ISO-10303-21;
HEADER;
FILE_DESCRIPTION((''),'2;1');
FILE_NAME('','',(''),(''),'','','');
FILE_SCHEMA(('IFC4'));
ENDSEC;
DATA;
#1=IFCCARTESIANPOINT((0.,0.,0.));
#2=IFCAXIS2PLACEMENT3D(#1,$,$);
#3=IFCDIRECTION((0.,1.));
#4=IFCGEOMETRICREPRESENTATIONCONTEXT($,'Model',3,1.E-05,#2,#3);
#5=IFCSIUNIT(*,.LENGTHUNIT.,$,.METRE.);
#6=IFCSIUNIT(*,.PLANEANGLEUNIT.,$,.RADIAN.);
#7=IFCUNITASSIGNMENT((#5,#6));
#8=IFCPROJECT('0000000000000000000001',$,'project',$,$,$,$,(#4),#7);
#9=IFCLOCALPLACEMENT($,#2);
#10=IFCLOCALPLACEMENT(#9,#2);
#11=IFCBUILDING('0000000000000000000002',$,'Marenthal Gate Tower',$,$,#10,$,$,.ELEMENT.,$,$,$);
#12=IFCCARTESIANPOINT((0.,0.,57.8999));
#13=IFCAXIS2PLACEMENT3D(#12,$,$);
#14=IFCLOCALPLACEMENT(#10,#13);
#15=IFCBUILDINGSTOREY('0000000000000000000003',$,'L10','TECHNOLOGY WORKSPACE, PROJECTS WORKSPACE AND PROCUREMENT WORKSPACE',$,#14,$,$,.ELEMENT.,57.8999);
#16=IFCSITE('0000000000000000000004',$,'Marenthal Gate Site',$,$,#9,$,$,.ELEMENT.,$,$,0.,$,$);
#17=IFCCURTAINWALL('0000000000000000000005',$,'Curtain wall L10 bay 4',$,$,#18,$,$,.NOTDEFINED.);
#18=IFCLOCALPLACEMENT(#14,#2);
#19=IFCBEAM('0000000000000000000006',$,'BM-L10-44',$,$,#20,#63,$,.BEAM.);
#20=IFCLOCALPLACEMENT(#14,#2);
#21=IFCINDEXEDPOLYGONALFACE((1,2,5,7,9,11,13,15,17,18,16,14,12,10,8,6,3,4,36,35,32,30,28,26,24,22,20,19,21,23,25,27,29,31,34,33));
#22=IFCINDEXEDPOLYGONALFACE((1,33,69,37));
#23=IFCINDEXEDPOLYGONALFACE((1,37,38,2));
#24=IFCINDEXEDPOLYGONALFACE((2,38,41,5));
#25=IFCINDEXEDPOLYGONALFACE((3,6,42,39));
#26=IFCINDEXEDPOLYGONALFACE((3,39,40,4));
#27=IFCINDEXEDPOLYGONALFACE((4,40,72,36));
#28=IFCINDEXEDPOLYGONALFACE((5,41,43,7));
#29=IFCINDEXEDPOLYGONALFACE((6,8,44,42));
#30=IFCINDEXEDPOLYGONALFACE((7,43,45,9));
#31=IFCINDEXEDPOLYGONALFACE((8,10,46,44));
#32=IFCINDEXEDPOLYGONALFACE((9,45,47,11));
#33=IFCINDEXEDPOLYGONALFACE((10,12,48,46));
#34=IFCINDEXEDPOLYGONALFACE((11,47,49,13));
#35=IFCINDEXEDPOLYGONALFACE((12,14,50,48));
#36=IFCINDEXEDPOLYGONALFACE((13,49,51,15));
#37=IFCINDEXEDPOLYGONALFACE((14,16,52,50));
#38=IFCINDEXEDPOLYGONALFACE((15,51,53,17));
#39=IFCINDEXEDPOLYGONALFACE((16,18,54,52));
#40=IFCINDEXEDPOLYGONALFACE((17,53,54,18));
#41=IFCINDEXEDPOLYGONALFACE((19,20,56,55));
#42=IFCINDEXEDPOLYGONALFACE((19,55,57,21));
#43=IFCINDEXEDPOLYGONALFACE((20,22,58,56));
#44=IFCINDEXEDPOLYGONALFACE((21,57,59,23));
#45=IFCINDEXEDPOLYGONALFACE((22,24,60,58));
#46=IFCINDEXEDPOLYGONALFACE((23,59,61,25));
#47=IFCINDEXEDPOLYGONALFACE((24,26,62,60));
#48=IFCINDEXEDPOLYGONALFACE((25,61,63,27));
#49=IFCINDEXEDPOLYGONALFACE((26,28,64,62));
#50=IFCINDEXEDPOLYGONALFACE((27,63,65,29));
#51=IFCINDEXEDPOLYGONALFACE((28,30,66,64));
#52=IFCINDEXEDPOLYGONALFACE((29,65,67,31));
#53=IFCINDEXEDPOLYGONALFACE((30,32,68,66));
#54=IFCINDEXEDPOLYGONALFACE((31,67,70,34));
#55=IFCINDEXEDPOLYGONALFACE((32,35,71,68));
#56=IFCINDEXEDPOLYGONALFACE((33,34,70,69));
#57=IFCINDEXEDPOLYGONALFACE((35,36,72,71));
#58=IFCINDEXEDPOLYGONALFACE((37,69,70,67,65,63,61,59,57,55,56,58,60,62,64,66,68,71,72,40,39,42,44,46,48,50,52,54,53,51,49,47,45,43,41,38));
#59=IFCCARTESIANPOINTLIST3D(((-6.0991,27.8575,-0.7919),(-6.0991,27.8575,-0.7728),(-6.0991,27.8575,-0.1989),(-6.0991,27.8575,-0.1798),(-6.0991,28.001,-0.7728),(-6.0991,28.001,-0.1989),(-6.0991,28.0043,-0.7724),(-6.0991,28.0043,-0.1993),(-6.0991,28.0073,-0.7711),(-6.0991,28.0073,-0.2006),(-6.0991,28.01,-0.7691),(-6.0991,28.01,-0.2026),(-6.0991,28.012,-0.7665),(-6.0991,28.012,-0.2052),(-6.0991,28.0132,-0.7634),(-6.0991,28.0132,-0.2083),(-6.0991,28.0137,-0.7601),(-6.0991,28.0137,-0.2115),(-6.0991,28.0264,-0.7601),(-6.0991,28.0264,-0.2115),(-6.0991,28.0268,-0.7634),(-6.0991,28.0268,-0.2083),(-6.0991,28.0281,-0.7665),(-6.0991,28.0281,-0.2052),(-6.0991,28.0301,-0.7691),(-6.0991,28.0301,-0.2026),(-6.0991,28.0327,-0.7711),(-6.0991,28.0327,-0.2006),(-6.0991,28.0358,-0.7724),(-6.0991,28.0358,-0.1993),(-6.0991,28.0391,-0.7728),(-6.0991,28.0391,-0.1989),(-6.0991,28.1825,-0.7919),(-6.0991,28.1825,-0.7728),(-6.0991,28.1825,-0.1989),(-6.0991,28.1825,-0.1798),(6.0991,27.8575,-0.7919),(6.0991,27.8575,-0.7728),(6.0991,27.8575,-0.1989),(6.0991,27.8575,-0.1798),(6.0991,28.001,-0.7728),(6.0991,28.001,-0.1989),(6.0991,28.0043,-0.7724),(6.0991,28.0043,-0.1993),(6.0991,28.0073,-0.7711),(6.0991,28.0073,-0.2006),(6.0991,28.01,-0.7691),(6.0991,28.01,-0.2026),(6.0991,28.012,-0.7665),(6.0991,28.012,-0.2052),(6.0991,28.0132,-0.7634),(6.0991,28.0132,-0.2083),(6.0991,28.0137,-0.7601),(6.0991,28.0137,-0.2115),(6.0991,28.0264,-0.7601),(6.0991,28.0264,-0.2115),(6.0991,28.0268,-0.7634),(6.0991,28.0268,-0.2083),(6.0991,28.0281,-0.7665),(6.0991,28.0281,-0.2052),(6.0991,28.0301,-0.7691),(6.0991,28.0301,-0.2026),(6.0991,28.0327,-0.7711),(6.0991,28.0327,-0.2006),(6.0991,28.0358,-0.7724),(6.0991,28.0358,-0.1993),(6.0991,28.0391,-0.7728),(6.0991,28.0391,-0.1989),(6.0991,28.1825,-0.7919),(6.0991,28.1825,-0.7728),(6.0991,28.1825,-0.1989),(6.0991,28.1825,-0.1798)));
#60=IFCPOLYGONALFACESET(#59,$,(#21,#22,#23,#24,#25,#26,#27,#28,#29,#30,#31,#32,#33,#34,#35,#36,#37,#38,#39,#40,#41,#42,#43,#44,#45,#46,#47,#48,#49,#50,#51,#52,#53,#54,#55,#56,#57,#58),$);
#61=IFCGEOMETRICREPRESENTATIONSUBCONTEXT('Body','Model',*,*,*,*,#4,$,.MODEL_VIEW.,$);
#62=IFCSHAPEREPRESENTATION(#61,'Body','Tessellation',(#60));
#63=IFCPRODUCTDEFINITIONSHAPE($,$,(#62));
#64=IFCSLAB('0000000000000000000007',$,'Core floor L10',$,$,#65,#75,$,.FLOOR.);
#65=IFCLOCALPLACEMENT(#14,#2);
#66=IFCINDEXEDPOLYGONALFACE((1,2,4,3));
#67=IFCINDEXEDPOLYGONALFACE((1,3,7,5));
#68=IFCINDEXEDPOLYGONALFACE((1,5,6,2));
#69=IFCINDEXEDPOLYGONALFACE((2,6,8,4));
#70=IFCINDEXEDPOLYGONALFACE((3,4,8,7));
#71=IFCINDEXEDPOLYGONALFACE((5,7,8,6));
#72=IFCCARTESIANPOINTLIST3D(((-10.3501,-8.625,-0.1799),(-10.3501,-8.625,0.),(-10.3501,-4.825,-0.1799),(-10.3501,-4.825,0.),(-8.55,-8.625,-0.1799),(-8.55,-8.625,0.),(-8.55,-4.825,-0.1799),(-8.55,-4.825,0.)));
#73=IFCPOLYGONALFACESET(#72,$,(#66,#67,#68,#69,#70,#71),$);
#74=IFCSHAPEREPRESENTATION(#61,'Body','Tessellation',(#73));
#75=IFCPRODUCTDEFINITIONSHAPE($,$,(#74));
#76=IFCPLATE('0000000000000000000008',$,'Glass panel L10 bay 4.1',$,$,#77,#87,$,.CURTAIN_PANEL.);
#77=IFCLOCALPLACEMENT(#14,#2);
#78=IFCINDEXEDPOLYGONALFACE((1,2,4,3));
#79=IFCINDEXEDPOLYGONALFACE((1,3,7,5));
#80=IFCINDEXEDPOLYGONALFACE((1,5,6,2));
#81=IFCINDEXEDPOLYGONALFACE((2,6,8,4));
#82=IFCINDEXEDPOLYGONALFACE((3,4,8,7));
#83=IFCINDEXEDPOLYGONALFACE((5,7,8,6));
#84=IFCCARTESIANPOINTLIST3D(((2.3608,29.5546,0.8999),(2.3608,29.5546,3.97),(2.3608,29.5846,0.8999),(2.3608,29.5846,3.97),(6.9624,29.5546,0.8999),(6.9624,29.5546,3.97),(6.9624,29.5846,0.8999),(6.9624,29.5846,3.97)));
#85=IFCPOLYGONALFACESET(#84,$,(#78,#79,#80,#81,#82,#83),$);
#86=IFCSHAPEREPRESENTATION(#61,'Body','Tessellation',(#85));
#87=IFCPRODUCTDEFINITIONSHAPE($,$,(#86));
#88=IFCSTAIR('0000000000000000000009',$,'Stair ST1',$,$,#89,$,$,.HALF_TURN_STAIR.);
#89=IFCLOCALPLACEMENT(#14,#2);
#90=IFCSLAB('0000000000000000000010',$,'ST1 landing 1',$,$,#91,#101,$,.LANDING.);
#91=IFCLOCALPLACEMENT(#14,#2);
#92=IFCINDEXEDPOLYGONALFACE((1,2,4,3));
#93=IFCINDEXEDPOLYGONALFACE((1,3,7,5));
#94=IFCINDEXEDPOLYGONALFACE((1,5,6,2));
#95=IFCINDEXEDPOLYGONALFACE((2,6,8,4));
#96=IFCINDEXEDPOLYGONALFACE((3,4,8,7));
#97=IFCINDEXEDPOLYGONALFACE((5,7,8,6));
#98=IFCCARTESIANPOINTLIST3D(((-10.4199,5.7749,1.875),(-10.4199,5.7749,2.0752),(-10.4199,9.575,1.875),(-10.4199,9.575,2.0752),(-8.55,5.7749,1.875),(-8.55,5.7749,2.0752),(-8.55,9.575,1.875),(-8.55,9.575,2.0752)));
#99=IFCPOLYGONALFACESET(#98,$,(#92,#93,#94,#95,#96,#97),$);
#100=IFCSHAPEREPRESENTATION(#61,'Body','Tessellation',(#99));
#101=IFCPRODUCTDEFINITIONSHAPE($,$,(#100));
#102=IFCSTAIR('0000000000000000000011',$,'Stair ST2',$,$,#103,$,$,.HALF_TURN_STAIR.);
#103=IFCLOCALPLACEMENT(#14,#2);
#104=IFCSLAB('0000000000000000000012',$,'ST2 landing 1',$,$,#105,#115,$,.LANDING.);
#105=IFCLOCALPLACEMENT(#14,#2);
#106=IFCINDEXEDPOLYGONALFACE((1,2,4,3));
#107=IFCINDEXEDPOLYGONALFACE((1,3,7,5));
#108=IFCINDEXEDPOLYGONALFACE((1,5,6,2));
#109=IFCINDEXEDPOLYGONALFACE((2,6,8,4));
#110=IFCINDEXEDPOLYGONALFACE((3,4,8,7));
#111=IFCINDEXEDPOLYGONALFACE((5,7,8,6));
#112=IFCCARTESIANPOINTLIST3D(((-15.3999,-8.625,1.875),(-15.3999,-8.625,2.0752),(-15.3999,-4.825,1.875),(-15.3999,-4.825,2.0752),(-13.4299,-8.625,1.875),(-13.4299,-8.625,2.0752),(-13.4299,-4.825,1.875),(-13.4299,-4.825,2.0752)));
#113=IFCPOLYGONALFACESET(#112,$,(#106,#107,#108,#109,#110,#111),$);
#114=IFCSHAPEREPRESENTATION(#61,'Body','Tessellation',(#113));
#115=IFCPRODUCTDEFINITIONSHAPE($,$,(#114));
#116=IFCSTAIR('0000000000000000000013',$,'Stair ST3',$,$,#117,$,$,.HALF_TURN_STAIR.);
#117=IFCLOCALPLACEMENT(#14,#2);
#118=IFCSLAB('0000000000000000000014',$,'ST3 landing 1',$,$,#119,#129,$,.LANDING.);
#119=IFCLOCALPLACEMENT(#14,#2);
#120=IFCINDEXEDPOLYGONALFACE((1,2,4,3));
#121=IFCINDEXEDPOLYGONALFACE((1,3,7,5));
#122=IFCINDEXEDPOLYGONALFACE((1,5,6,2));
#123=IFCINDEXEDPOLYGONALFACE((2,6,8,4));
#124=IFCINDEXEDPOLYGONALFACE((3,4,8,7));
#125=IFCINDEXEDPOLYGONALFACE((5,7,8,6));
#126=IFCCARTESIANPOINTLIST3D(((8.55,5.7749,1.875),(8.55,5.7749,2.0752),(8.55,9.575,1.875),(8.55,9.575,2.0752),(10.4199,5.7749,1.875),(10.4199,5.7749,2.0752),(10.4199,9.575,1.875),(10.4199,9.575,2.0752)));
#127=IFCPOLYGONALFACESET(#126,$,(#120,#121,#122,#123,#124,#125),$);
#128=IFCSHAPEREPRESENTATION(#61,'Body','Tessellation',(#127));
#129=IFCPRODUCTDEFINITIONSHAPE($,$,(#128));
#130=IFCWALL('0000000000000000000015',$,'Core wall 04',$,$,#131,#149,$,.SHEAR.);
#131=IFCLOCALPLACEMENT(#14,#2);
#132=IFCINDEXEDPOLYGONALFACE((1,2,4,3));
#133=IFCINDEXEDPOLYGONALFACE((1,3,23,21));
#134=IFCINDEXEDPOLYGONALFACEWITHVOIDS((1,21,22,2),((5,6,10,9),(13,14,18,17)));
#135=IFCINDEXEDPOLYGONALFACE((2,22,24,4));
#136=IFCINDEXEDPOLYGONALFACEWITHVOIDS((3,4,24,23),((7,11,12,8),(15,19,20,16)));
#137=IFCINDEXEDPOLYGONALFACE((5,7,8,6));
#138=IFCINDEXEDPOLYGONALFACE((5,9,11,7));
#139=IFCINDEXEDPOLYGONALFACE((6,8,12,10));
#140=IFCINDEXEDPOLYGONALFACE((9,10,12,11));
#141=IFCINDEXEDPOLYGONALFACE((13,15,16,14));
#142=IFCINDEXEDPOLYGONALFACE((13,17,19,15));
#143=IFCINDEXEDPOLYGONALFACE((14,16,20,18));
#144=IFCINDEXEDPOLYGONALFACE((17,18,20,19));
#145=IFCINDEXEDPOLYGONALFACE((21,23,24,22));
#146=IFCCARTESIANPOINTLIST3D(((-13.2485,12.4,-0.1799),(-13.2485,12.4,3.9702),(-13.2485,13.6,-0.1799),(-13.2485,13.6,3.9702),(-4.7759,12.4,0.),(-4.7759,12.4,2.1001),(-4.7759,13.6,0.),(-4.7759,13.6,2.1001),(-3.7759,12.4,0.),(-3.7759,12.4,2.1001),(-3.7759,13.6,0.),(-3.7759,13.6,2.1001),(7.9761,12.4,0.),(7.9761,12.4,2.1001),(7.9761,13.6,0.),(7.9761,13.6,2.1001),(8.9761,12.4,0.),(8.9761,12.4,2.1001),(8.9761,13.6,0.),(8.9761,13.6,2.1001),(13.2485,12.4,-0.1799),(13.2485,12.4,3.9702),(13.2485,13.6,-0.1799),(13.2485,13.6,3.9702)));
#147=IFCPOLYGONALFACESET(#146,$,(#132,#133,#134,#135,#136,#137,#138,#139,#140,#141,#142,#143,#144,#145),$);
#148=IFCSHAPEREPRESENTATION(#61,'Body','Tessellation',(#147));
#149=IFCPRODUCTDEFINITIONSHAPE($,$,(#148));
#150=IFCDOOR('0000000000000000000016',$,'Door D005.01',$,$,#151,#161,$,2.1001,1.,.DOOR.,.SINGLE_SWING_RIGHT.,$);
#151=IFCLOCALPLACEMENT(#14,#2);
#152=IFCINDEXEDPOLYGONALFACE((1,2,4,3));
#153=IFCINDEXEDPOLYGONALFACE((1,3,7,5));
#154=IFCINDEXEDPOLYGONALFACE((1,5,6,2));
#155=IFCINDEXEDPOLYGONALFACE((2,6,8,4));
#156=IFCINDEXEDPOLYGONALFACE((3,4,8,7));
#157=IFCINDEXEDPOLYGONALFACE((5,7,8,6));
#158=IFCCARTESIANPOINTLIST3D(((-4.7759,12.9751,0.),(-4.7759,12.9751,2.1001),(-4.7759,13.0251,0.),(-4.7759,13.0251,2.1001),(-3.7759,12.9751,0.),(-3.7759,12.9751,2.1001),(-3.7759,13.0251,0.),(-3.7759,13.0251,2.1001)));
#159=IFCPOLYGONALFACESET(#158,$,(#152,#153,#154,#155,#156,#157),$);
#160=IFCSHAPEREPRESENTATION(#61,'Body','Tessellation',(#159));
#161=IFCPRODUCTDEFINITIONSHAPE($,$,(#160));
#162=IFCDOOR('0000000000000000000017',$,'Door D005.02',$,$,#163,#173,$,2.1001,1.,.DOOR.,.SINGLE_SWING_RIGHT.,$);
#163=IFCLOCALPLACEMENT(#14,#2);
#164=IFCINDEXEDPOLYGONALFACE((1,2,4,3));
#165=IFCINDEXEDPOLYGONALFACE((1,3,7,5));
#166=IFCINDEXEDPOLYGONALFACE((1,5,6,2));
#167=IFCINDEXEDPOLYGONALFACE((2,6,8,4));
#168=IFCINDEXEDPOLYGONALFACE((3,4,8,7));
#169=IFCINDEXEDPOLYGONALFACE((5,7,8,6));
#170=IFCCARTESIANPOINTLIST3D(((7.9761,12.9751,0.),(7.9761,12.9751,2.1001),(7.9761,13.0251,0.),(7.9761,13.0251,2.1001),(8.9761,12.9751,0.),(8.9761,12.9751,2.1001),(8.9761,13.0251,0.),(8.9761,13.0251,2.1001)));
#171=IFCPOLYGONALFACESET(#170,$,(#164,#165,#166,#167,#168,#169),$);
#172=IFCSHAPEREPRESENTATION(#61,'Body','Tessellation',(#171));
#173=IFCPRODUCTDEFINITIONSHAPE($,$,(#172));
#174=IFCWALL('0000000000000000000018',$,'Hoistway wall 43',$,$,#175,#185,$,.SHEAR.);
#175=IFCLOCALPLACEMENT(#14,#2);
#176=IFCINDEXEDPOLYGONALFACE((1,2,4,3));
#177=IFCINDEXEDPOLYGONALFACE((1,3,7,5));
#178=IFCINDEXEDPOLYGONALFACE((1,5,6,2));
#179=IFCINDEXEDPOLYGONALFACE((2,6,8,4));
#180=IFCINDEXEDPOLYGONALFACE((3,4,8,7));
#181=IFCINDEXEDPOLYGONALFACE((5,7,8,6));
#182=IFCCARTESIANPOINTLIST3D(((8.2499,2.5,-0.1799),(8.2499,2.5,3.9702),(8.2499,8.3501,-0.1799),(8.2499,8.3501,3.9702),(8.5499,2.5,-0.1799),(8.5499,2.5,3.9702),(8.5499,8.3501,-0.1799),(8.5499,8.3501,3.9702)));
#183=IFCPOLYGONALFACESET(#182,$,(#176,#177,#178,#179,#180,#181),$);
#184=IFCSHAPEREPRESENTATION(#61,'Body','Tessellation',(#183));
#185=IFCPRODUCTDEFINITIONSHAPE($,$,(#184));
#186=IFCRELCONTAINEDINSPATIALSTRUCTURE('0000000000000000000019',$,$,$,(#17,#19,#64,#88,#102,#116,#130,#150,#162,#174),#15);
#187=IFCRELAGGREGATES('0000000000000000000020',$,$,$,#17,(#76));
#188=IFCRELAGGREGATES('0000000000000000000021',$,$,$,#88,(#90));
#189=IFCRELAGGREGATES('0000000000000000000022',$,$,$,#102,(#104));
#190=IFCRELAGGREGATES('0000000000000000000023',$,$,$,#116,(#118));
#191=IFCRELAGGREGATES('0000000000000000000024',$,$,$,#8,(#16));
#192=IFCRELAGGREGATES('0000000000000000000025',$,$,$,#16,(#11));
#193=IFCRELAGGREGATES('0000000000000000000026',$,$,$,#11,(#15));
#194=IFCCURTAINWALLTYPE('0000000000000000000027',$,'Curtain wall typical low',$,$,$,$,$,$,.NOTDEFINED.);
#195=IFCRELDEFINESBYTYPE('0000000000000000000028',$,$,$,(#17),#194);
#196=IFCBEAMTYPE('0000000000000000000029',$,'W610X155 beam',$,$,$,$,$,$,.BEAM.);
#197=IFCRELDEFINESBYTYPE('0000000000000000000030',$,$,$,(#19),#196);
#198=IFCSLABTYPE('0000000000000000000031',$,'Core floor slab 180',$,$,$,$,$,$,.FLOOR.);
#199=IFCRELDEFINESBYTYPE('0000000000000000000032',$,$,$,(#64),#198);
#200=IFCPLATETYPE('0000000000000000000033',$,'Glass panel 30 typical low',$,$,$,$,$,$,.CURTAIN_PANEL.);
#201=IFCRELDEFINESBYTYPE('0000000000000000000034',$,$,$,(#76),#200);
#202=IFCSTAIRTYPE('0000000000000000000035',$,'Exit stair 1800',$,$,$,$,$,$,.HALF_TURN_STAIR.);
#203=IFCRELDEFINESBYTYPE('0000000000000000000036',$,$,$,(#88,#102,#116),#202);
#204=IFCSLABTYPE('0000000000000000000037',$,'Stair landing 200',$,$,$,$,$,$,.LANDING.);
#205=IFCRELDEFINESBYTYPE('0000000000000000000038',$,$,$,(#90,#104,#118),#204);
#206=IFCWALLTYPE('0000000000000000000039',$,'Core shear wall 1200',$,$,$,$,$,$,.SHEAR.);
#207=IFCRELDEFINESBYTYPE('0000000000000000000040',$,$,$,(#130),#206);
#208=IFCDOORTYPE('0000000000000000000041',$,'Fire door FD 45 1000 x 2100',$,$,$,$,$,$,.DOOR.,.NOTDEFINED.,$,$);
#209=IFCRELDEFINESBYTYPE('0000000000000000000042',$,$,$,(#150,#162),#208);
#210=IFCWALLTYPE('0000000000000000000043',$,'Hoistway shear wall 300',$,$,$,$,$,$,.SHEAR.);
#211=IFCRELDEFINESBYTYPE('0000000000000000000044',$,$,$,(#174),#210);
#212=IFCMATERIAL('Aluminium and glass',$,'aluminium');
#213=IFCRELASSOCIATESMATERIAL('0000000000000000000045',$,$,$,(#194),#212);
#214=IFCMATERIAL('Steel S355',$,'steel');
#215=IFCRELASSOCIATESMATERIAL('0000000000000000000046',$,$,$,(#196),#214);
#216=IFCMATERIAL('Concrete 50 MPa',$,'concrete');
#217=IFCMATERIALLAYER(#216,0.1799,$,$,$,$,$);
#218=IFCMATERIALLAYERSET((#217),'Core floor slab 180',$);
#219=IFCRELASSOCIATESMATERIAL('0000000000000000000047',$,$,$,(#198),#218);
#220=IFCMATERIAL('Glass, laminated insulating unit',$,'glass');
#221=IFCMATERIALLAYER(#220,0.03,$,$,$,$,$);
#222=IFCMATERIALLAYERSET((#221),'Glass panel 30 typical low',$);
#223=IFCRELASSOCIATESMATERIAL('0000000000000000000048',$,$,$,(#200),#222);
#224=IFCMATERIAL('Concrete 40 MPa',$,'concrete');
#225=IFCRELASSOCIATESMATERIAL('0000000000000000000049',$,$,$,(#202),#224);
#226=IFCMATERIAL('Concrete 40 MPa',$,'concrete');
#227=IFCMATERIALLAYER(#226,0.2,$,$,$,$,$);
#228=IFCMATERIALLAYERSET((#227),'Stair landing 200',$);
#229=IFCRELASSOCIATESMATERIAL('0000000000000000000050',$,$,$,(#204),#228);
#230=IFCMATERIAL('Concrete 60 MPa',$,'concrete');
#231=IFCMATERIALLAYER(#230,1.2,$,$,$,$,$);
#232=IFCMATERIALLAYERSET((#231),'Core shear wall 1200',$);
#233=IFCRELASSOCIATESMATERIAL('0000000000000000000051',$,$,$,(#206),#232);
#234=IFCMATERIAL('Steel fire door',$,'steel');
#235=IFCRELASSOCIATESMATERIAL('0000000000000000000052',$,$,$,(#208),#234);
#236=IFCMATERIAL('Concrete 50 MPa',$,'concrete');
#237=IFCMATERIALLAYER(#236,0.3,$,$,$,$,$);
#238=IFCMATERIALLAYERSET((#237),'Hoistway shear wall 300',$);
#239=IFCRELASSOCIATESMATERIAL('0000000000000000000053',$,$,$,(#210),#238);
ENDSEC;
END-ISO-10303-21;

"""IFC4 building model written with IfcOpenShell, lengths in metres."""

from ifc_helpers import new_model, si_unit, direction, frame, frame_2d, origin, origin_2d, place, context, subcontext, project, spatial, polyline, rectangle, i_section, outline, extrude, material, layer, layer_set, material_profile, profile_set, type_object, element, fill, aggregate, save


model = new_model("IFC4")

# Units and contexts
model_context = context("Model", 3, precision=1e-05, world=origin(), true_north=direction((0.0, 1.0)))
body_context = subcontext(model_context, "Body", "Model", "MODEL_VIEW")
ifc_project = project(units=[si_unit("LENGTHUNIT", "METRE"), si_unit("PLANEANGLEUNIT", "RADIAN")], contexts=[model_context])

# Site, building, storey
site_placement = place(None, origin())
site = spatial("IfcSite", under=ifc_project, at=site_placement, Name="Marenthal Gate Site", CompositionType="ELEMENT", RefElevation=0.0)
building_placement = place(site_placement, origin())
building = spatial("IfcBuilding", under=site, at=building_placement, Name="Marenthal Gate Tower", CompositionType="ELEMENT")
storey_placement = place(building_placement, frame((0.0, 0.0, 57.8999)))
storey = spatial("IfcBuildingStorey", under=building, at=storey_placement, Name="L10", Description="TECHNOLOGY WORKSPACE, PROJECTS WORKSPACE AND PROCUREMENT WORKSPACE", CompositionType="ELEMENT", Elevation=57.8999)

# Curtain wall
ifc_material_1 = material(Name="Aluminium and glass", Category="aluminium")
curtain_wall_type = type_object("IfcCurtainWallType", Name="Curtain wall typical low", PredefinedType="NOTDEFINED", material=ifc_material_1)
curtain_wall_placement = place(storey_placement, origin())
curtain_wall = element("IfcCurtainWall", 1, at=curtain_wall_placement, inside=storey, type_object=curtain_wall_type, Name="Curtain wall L10 bay 4", PredefinedType="NOTDEFINED")

# Beam
ifc_material_2 = material(Name="Steel S355", Category="steel")
ifc_material_profile_1 = material_profile(ifc_material_2, i_section(OverallWidth=0.325, OverallDepth=0.6121, WebThickness=0.0127, FlangeThickness=0.019, FilletRadius=0.0127, at=origin_2d()), Name="W610X155")
ifc_profile_set_1 = profile_set([ifc_material_profile_1], Name="Steel S355")
beam_type_1 = type_object("IfcBeamType", Name="W610X155 beam", PredefinedType="BEAM", material=ifc_profile_set_1)
beam_1_placement = place(storey_placement, frame((6.0991, 28.02, -0.4858), z_axis=(-1.0, 0.0, 0.0), x_axis=(0.0, -1.0, 0.0)))
element("IfcBeam", 2, at=beam_1_placement, inside=storey, type_object=beam_type_1, Name="BM-L10-44", PredefinedType="BEAM", context=body_context, shape_type="SweptSolid", body=[
    extrude(i_section(OverallWidth=0.325, OverallDepth=0.6121, WebThickness=0.0127, FlangeThickness=0.019, FilletRadius=0.0127, at=origin_2d()), origin(), (0.0, 0.0, 1.0), 12.1982),
])

# Slab
ifc_material_3 = material(Name="Concrete 50 MPa", Category="concrete")
ifc_layer_1 = layer(ifc_material_3, 0.1799)
ifc_layer_set_1 = layer_set([ifc_layer_1], Name="Core floor slab 180")
slab_type_1 = type_object("IfcSlabType", Name="Core floor slab 180", PredefinedType="FLOOR", material=ifc_layer_set_1)
slab_1_placement = place(storey_placement, frame((0.0, 0.0, -0.1799)))
element("IfcSlab", 3, at=slab_1_placement, inside=storey, type_object=slab_type_1, Name="Core floor L10", PredefinedType="FLOOR", context=body_context, shape_type="SweptSolid", body=[
    extrude(outline(polyline([(-8.55, -8.625), (-10.3501, -8.625), (-10.3501, -4.825), (-8.55, -4.825), (-8.55, -8.625)])), origin(), (0.0, 0.0, 1.0), 0.1799),
])

# Plate
ifc_material_4 = material(Name="Glass, laminated insulating unit", Category="glass")
ifc_layer_2 = layer(ifc_material_4, 0.03)
ifc_layer_set_2 = layer_set([ifc_layer_2], Name="Glass panel 30 typical low")
plate_type = type_object("IfcPlateType", Name="Glass panel 30 typical low", PredefinedType="CURTAIN_PANEL", material=ifc_layer_set_2)
plate_placement = place(storey_placement, frame((4.6616, 29.5696, 0.8999), z_axis=(0.0, 0.0, 1.0), x_axis=(-1.0, 0.0, 0.0)))
plate = element("IfcPlate", 4, at=plate_placement, type_object=plate_type, Name="Glass panel L10 bay 4.1", PredefinedType="CURTAIN_PANEL", context=body_context, shape_type="SweptSolid", body=[
    extrude(rectangle(XDim=4.6016, YDim=0.03, at=origin_2d()), origin(), (0.0, 0.0, 1.0), 3.0701),
])
aggregate(curtain_wall, [plate])

# Stairs, slabs
ifc_material_5 = material(Name="Concrete 40 MPa", Category="concrete")
stair_type = type_object("IfcStairType", Name="Exit stair 1800", PredefinedType="HALF_TURN_STAIR", material=ifc_material_5)
stair_1_placement = place(storey_placement, origin())
stair_1 = element("IfcStair", 5, at=stair_1_placement, inside=storey, type_object=stair_type, Name="Stair ST1", PredefinedType="HALF_TURN_STAIR")
ifc_material_6 = material(Name="Concrete 40 MPa", Category="concrete")
ifc_layer_3 = layer(ifc_material_6, 0.2)
ifc_layer_set_3 = layer_set([ifc_layer_3], Name="Stair landing 200")
slab_type_2 = type_object("IfcSlabType", Name="Stair landing 200", PredefinedType="LANDING", material=ifc_layer_set_3)
slab_2_placement = place(storey_placement, frame((0.0, 0.0, 1.875)))
slab_2 = element("IfcSlab", 6, at=slab_2_placement, type_object=slab_type_2, Name="ST1 landing 1", PredefinedType="LANDING", context=body_context, shape_type="SweptSolid", body=[
    extrude(outline(polyline([(-10.4199, 5.7749), (-8.55, 5.7749), (-8.55, 9.575), (-10.4199, 9.575), (-10.4199, 5.7749)])), origin(), (0.0, 0.0, 1.0), 0.2002),
])
aggregate(stair_1, [slab_2])
stair_2_placement = place(storey_placement, origin())
stair_2 = element("IfcStair", 7, at=stair_2_placement, inside=storey, type_object=stair_type, Name="Stair ST2", PredefinedType="HALF_TURN_STAIR")
slab_3_placement = place(storey_placement, frame((0.0, 0.0, 1.875)))
slab_3 = element("IfcSlab", 8, at=slab_3_placement, type_object=slab_type_2, Name="ST2 landing 1", PredefinedType="LANDING", context=body_context, shape_type="SweptSolid", body=[
    extrude(outline(polyline([(-15.3999, -8.625), (-13.4299, -8.625), (-13.4299, -4.825), (-15.3999, -4.825), (-15.3999, -8.625)])), origin(), (0.0, 0.0, 1.0), 0.2002),
])
aggregate(stair_2, [slab_3])
stair_3_placement = place(storey_placement, origin())
stair_3 = element("IfcStair", 9, at=stair_3_placement, inside=storey, type_object=stair_type, Name="Stair ST3", PredefinedType="HALF_TURN_STAIR")
slab_4_placement = place(storey_placement, frame((0.0, 0.0, 1.875)))
slab_4 = element("IfcSlab", 10, at=slab_4_placement, type_object=slab_type_2, Name="ST3 landing 1", PredefinedType="LANDING", context=body_context, shape_type="SweptSolid", body=[
    extrude(outline(polyline([(8.55, 5.7749), (10.4199, 5.7749), (10.4199, 9.575), (8.55, 9.575), (8.55, 5.7749)])), origin(), (0.0, 0.0, 1.0), 0.2002),
])

# Wall, openings, doors
ifc_material_7 = material(Name="Concrete 60 MPa", Category="concrete")
ifc_layer_4 = layer(ifc_material_7, 1.2)
ifc_layer_set_4 = layer_set([ifc_layer_4], Name="Core shear wall 1200")
wall_type_1 = type_object("IfcWallType", Name="Core shear wall 1200", PredefinedType="SHEAR", material=ifc_layer_set_4)
wall_1_placement = place(storey_placement, frame((13.2485, 13.0, -0.1799), z_axis=(0.0, 0.0, 1.0), x_axis=(-1.0, 0.0, 0.0)))
wall_1 = element("IfcWall", 11, at=wall_1_placement, inside=storey, type_object=wall_type_1, Name="Core wall 04", PredefinedType="SHEAR", context=body_context, shape_type="SweptSolid", body=[
    extrude(rectangle(XDim=26.4971, YDim=1.2, at=frame_2d((13.2485, 0.0))), origin(), (0.0, 0.0, 1.0), 4.1501),
])
opening_1_placement = place(wall_1_placement, frame((17.0244, 0.0, 0.1799)))
opening_1 = element("IfcOpeningElement", 12, at=opening_1_placement, cuts=wall_1, PredefinedType="OPENING", context=body_context, shape_type="SweptSolid", body=[
    extrude(rectangle(XDim=1.0, YDim=2.1001, at=frame_2d((0.5, 1.05))), frame((0.0, 0.6099, 0.0), z_axis=(0.0, -1.0, 0.0), x_axis=(1.0, 0.0, 0.0)), (0.0, 0.0, 1.0), 1.22),
])
opening_2_placement = place(wall_1_placement, frame((4.2725, 0.0, 0.1799)))
opening_2 = element("IfcOpeningElement", 13, at=opening_2_placement, cuts=wall_1, PredefinedType="OPENING", context=body_context, shape_type="SweptSolid", body=[
    extrude(rectangle(XDim=1.0, YDim=2.1001, at=frame_2d((0.5, 1.05))), frame((0.0, 0.6099, 0.0), z_axis=(0.0, -1.0, 0.0), x_axis=(1.0, 0.0, 0.0)), (0.0, 0.0, 1.0), 1.22),
])
ifc_material_8 = material(Name="Steel fire door", Category="steel")
door_type_1 = type_object("IfcDoorType", Name="Fire door FD 45 1000 x 2100", OperationType="NOTDEFINED", PredefinedType="DOOR", material=ifc_material_8)
door_1_placement = place(opening_1_placement, origin())
door_1 = element("IfcDoor", 14, at=door_1_placement, inside=storey, type_object=door_type_1, Name="Door D005.01", OperationType="SINGLE_SWING_RIGHT", OverallHeight=2.1001, OverallWidth=1.0, PredefinedType="DOOR", context=body_context, shape_type="SweptSolid", body=[
    extrude(rectangle(XDim=1.0, YDim=2.1001, at=frame_2d((0.5, 1.05))), frame((0.0, 0.0249, 0.0), z_axis=(0.0, -1.0, 0.0), x_axis=(1.0, 0.0, 0.0)), (0.0, 0.0, 1.0), 0.05),
])
fill(opening_1, door_1)
door_2_placement = place(opening_2_placement, origin())
door_2 = element("IfcDoor", 15, at=door_2_placement, inside=storey, type_object=door_type_1, Name="Door D005.02", OperationType="SINGLE_SWING_RIGHT", OverallHeight=2.1001, OverallWidth=1.0, PredefinedType="DOOR", context=body_context, shape_type="SweptSolid", body=[
    extrude(rectangle(XDim=1.0, YDim=2.1001, at=frame_2d((0.5, 1.05))), frame((0.0, 0.0249, 0.0), z_axis=(0.0, -1.0, 0.0), x_axis=(1.0, 0.0, 0.0)), (0.0, 0.0, 1.0), 0.05),
])
fill(opening_2, door_2)

# Wall
ifc_material_9 = material(Name="Concrete 50 MPa", Category="concrete")
ifc_layer_5 = layer(ifc_material_9, 0.3)
ifc_layer_set_5 = layer_set([ifc_layer_5], Name="Hoistway shear wall 300")
wall_type_2 = type_object("IfcWallType", Name="Hoistway shear wall 300", PredefinedType="SHEAR", material=ifc_layer_set_5)
wall_2_placement = place(storey_placement, frame((8.3999, 2.5, -0.1799), z_axis=(0.0, 0.0, 1.0), x_axis=(0.0, 1.0, 0.0)))
element("IfcWall", 16, at=wall_2_placement, inside=storey, type_object=wall_type_2, Name="Hoistway wall 43", PredefinedType="SHEAR", context=body_context, shape_type="SweptSolid", body=[
    extrude(rectangle(XDim=5.8501, YDim=0.3, at=frame_2d((2.925, 0.0))), origin(), (0.0, 0.0, 1.0), 4.1501),
])

aggregate(stair_3, [slab_4])

save(model, "model.ifc")
